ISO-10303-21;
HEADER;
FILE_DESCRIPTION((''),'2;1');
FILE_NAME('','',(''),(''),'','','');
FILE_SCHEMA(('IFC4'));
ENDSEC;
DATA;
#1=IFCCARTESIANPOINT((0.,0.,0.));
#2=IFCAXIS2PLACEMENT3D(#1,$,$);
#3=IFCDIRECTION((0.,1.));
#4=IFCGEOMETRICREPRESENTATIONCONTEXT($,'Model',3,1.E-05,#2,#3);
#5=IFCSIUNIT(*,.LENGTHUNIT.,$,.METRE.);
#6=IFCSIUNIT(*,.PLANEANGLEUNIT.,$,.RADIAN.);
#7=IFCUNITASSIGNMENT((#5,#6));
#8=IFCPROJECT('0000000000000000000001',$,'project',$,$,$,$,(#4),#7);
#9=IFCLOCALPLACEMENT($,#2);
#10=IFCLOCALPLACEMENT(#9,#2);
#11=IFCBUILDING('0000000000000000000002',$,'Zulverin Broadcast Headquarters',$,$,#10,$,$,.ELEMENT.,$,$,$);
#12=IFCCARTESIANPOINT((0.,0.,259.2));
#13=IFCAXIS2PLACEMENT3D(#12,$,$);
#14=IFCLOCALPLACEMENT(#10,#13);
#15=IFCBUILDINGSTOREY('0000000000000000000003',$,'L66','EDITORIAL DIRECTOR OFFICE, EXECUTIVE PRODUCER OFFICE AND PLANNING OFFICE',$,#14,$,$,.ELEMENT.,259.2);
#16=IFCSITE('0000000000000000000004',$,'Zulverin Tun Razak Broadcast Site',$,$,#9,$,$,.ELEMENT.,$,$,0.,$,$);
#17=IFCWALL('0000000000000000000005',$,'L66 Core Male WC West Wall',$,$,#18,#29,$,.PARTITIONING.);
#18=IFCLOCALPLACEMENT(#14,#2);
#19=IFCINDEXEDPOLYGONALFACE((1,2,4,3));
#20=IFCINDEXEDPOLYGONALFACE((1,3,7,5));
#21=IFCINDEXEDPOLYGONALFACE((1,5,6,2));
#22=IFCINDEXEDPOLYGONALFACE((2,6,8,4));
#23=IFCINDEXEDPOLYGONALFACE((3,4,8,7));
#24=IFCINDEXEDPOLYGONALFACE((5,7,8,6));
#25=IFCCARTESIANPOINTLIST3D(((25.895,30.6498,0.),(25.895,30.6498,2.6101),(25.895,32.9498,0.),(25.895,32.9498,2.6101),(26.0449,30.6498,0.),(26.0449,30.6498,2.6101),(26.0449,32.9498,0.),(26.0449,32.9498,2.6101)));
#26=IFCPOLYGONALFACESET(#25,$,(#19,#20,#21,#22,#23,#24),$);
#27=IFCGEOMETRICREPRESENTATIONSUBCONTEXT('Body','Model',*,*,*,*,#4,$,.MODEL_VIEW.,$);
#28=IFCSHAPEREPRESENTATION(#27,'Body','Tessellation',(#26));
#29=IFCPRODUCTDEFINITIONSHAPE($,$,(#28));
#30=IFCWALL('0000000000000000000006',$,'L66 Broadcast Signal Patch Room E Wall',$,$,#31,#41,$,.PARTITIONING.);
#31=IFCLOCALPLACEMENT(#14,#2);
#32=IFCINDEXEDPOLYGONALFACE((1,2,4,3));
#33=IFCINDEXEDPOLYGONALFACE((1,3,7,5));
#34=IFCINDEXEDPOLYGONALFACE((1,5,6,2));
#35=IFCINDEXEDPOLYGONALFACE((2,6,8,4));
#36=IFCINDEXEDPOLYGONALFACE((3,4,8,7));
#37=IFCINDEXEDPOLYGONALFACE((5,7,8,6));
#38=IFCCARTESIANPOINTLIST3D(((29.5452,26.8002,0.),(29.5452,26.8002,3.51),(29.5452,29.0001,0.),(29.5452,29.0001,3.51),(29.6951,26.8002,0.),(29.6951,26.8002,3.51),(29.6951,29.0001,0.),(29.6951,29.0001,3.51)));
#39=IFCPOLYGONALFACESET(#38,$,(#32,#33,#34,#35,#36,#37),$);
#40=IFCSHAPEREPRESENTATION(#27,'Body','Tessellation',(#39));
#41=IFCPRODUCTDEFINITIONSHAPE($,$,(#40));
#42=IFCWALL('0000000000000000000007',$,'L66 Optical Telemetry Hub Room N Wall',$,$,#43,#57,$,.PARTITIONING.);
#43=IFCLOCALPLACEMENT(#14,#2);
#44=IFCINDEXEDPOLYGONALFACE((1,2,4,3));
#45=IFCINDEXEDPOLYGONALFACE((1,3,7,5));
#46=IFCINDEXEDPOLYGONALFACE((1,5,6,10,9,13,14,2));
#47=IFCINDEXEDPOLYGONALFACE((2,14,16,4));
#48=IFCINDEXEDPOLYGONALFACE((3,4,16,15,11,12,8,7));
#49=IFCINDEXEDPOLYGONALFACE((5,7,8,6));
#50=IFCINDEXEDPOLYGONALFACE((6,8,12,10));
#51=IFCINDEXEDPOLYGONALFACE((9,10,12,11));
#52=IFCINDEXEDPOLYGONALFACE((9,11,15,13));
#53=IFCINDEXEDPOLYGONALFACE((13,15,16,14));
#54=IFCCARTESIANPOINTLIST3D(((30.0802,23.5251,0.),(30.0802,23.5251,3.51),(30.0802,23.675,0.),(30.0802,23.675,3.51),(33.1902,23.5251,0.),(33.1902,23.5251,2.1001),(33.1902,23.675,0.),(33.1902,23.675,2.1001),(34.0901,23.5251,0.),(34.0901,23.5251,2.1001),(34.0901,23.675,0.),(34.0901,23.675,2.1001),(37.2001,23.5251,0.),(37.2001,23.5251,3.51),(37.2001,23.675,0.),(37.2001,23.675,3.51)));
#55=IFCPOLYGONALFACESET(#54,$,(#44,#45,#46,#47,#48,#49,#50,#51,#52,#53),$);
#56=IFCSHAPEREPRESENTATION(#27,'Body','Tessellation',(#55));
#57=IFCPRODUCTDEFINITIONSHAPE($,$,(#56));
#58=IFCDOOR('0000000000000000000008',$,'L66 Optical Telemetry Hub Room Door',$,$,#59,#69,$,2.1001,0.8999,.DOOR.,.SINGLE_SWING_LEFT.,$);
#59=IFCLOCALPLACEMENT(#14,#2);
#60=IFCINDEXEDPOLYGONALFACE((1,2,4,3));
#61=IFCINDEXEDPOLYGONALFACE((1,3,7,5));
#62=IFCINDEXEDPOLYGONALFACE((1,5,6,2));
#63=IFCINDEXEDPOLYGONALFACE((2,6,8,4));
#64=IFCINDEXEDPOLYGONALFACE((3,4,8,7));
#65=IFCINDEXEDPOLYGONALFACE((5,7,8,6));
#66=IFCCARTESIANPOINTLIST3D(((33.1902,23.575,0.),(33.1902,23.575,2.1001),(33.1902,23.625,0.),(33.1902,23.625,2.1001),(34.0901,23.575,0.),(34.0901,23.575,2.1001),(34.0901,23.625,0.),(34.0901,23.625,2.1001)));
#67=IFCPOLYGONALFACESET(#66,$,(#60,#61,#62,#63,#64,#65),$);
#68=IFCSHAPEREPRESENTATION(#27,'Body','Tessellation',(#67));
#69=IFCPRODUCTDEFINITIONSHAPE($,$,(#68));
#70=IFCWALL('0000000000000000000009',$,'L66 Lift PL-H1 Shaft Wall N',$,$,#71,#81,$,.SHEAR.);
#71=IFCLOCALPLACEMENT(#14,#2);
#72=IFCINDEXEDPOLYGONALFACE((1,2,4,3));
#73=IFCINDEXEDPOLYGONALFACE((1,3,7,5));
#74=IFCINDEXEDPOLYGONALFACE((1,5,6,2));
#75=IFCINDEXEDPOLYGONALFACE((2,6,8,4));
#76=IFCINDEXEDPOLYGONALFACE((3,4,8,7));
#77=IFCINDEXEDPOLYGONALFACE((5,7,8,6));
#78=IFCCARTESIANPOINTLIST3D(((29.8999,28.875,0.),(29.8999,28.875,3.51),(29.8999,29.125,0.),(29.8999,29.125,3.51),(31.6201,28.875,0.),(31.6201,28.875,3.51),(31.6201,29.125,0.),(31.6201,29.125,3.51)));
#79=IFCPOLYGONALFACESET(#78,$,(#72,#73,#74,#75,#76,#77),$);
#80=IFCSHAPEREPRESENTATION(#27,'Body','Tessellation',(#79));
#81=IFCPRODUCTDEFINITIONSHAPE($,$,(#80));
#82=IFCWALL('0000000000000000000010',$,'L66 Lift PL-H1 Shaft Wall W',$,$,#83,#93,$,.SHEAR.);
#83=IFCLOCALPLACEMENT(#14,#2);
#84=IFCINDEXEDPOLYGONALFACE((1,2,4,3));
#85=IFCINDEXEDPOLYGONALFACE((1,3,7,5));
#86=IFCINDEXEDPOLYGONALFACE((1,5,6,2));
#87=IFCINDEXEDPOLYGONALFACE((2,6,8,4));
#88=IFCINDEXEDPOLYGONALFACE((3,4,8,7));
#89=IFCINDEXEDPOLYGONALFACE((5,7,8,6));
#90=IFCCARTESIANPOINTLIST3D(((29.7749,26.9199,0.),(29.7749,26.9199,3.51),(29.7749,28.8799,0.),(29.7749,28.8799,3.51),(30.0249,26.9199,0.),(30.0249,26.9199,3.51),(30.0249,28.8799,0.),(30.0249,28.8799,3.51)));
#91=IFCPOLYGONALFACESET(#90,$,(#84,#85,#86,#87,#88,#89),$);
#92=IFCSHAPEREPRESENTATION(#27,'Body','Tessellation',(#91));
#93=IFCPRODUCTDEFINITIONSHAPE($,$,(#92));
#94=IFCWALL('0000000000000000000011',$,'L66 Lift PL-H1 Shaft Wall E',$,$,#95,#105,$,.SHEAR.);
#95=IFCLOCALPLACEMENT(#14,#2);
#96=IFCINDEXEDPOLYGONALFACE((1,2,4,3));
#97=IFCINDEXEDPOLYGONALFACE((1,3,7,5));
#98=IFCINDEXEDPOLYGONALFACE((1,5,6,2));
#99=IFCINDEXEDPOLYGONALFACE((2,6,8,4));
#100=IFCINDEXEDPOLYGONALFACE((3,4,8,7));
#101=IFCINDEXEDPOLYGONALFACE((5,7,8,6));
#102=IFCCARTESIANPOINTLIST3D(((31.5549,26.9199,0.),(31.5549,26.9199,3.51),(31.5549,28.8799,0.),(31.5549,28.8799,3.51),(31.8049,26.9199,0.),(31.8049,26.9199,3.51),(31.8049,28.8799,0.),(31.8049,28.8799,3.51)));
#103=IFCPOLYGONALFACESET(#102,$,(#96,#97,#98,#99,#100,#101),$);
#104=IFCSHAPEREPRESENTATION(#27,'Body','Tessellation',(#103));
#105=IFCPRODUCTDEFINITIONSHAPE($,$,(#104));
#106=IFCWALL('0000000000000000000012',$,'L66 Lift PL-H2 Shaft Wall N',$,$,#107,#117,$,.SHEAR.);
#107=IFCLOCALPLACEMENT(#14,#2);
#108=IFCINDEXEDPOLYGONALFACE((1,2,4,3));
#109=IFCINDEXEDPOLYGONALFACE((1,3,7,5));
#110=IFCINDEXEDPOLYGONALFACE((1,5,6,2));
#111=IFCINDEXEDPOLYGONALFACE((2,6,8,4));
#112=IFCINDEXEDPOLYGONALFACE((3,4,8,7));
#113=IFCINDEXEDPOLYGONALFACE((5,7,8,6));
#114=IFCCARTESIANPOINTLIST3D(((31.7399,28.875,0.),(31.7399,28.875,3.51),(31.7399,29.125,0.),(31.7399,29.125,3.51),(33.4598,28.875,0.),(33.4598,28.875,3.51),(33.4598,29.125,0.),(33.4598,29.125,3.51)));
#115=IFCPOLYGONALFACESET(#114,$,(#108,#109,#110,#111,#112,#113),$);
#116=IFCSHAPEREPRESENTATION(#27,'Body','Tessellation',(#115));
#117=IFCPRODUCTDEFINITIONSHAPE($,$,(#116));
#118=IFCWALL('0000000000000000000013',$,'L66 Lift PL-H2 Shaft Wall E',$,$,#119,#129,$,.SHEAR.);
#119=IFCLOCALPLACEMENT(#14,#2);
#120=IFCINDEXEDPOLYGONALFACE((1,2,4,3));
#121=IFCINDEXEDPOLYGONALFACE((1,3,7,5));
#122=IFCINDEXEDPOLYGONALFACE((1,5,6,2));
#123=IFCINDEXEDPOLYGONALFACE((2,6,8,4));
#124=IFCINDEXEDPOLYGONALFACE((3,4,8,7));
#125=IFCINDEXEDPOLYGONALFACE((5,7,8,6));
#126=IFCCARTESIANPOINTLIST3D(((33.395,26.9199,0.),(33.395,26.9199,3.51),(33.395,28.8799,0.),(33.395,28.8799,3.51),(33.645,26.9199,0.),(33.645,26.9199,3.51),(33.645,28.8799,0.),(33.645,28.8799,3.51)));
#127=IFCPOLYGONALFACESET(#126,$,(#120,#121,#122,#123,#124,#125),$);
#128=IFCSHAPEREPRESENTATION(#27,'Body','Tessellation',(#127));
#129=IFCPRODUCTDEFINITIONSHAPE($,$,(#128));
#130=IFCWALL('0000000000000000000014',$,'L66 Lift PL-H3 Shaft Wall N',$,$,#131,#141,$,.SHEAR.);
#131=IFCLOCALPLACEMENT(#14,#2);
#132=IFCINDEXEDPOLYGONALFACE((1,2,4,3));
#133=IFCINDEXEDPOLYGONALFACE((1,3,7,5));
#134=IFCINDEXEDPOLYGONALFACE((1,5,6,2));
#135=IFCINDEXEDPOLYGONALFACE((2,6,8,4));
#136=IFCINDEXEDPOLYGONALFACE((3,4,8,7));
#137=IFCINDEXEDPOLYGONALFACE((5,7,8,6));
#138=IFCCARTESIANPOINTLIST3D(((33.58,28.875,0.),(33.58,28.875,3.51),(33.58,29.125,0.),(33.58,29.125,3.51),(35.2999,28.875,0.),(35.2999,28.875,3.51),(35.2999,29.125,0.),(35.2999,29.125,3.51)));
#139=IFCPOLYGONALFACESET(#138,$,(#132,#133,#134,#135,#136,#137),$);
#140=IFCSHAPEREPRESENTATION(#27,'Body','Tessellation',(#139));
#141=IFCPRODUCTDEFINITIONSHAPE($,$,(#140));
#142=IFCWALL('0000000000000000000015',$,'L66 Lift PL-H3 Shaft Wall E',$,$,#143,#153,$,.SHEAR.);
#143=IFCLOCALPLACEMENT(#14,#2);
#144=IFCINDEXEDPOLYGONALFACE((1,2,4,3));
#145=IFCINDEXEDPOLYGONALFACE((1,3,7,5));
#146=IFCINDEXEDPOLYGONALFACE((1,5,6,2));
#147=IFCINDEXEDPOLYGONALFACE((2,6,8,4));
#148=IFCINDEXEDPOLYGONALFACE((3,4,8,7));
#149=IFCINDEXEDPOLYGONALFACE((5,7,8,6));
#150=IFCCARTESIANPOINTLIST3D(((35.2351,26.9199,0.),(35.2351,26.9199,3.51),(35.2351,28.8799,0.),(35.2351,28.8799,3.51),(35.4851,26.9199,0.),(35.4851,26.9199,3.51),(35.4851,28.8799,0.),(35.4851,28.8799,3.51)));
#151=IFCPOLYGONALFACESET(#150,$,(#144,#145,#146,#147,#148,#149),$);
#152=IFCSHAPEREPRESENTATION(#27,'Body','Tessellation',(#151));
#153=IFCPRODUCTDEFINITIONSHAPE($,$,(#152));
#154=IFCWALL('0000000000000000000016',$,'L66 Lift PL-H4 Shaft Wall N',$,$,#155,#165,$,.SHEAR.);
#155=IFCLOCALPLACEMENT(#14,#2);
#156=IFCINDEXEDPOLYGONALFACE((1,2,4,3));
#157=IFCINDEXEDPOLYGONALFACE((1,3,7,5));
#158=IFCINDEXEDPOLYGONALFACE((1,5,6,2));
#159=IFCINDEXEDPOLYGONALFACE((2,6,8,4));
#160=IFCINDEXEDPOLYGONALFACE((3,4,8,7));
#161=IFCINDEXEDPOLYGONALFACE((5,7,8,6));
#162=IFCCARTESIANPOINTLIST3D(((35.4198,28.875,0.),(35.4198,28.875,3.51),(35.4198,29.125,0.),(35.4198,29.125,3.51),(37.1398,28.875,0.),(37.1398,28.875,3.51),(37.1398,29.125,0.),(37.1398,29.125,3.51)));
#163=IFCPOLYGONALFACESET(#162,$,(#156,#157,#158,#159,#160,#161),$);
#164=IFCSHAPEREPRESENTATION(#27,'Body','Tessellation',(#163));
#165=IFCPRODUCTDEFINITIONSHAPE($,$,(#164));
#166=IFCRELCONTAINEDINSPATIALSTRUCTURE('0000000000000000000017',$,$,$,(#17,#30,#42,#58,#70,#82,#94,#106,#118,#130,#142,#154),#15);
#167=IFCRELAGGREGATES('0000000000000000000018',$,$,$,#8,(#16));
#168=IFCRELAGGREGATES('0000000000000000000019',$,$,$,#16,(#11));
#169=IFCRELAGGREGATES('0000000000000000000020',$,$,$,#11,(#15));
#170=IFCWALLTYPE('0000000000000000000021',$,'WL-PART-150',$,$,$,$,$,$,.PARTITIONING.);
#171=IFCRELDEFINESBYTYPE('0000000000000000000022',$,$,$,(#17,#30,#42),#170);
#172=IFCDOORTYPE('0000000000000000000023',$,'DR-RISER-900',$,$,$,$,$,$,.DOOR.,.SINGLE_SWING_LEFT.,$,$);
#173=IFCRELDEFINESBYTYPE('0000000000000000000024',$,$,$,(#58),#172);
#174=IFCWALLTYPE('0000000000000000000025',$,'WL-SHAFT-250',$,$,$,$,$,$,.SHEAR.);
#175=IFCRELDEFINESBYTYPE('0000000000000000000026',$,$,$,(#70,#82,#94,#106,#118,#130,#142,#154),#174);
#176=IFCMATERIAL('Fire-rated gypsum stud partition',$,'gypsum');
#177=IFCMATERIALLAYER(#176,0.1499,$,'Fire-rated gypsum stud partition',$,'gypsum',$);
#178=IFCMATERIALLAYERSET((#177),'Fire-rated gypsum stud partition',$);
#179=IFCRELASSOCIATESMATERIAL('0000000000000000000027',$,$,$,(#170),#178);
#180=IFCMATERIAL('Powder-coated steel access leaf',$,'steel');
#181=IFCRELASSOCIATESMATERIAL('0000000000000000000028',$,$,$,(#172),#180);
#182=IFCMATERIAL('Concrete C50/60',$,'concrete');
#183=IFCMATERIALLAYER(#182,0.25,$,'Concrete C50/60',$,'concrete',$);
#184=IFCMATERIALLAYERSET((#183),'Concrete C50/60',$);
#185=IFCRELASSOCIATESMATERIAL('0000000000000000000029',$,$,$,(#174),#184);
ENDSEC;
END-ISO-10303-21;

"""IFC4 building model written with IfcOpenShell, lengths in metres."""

from ifc_helpers import new_model, si_unit, direction, frame, frame_2d, origin, place, context, subcontext, project, spatial, rectangle, extrude, material, layer, layer_set, type_object, element, fill, save


model = new_model("IFC4")

# Units and contexts
model_context = context("Model", 3, precision=1e-05, world=origin(), true_north=direction((0.0, 1.0)))
body_context = subcontext(model_context, "Body", "Model", "MODEL_VIEW")
ifc_project = project(units=[si_unit("LENGTHUNIT", "METRE"), si_unit("PLANEANGLEUNIT", "RADIAN")], contexts=[model_context])

# Site, building, storey
site_placement = place(None, origin())
site = spatial("IfcSite", under=ifc_project, at=site_placement, Name="Zulverin Tun Razak Broadcast Site", CompositionType="ELEMENT", RefElevation=0.0)
building_placement = place(site_placement, origin())
building = spatial("IfcBuilding", under=site, at=building_placement, Name="Zulverin Broadcast Headquarters", CompositionType="ELEMENT")
storey_placement = place(building_placement, frame((0.0, 0.0, 259.2)))
storey = spatial("IfcBuildingStorey", under=building, at=storey_placement, Name="L66", Description="EDITORIAL DIRECTOR OFFICE, EXECUTIVE PRODUCER OFFICE AND PLANNING OFFICE", CompositionType="ELEMENT", Elevation=259.2)

# Walls
ifc_material_1 = material(Name="Fire-rated gypsum stud partition", Category="gypsum")
ifc_layer_1 = layer(ifc_material_1, 0.1499, Name="Fire-rated gypsum stud partition", Category="gypsum")
ifc_layer_set_1 = layer_set([ifc_layer_1], Name="Fire-rated gypsum stud partition")
wall_type_1 = type_object("IfcWallType", Name="WL-PART-150", PredefinedType="PARTITIONING", material=ifc_layer_set_1)
wall_1_placement = place(storey_placement, frame((25.97, 30.6499, 0.0), z_axis=(0.0, 0.0, 1.0), x_axis=(0.0, 1.0, 0.0)))
element("IfcWall", 1, at=wall_1_placement, inside=storey, type_object=wall_type_1, Name="L66 Core Male WC West Wall", PredefinedType="PARTITIONING", context=body_context, shape_type="SweptSolid", body=[
    extrude(rectangle(XDim=2.3, YDim=0.1499, at=frame_2d((1.1499, 0.0))), origin(), (0.0, 0.0, 1.0), 2.6101),
])
wall_2_placement = place(storey_placement, frame((29.6201, 26.8, 0.0), z_axis=(0.0, 0.0, 1.0), x_axis=(0.0, 1.0, 0.0)))
element("IfcWall", 2, at=wall_2_placement, inside=storey, type_object=wall_type_1, Name="L66 Broadcast Signal Patch Room E Wall", PredefinedType="PARTITIONING", context=body_context, shape_type="SweptSolid", body=[
    extrude(rectangle(XDim=2.2, YDim=0.1499, at=frame_2d((1.1001, 0.0))), origin(), (0.0, 0.0, 1.0), 3.51),
])

# Wall, opening, door
wall_3_placement = place(storey_placement, frame((30.0801, 23.6001, 0.0), z_axis=(0.0, 0.0, 1.0), x_axis=(1.0, 0.0, 0.0)))
wall_3 = element("IfcWall", 3, at=wall_3_placement, inside=storey, type_object=wall_type_1, Name="L66 Optical Telemetry Hub Room N Wall", PredefinedType="PARTITIONING", context=body_context, shape_type="SweptSolid", body=[
    extrude(rectangle(XDim=7.1199, YDim=0.1499, at=frame_2d((3.5601, 0.0))), origin(), (0.0, 0.0, 1.0), 3.51),
])
opening_1_placement = place(wall_3_placement, frame((3.1101, 0.0, 0.0)))
opening_1 = element("IfcOpeningElement", 4, at=opening_1_placement, cuts=wall_3, PredefinedType="OPENING", context=body_context, shape_type="SweptSolid", body=[
    extrude(rectangle(XDim=0.8999, YDim=2.1001, at=frame_2d((0.45, 1.05))), frame((0.0, 0.085, 0.0), z_axis=(0.0, -1.0, 0.0), x_axis=(1.0, 0.0, 0.0)), (0.0, 0.0, 1.0), 0.1699),
])
ifc_material_2 = material(Name="Powder-coated steel access leaf", Category="steel")
door_type_1 = type_object("IfcDoorType", Name="DR-RISER-900", OperationType="SINGLE_SWING_LEFT", PredefinedType="DOOR", material=ifc_material_2)
door_1_placement = place(opening_1_placement, origin())
door_1 = element("IfcDoor", 5, at=door_1_placement, inside=storey, type_object=door_type_1, Name="L66 Optical Telemetry Hub Room Door", OperationType="SINGLE_SWING_LEFT", OverallHeight=2.1001, OverallWidth=0.8999, PredefinedType="DOOR", context=body_context, shape_type="SweptSolid", body=[
    extrude(rectangle(XDim=0.8999, YDim=2.1001, at=frame_2d((0.45, 1.05))), frame((0.0, 0.0249, 0.0), z_axis=(0.0, -1.0, 0.0), x_axis=(1.0, 0.0, 0.0)), (0.0, 0.0, 1.0), 0.05),
])
fill(opening_1, door_1)
ifc_material_3 = material(Name="Concrete C50/60", Category="concrete")
ifc_layer_2 = layer(ifc_material_3, 0.25, Name="Concrete C50/60", Category="concrete")
ifc_layer_set_2 = layer_set([ifc_layer_2], Name="Concrete C50/60")
wall_type_2 = type_object("IfcWallType", Name="WL-SHAFT-250", PredefinedType="SHEAR", material=ifc_layer_set_2)

# Walls
wall_4_placement = place(storey_placement, frame((29.8999, 29.0, 0.0), z_axis=(0.0, 0.0, 1.0), x_axis=(1.0, 0.0, 0.0)))
element("IfcWall", 6, at=wall_4_placement, inside=storey, type_object=wall_type_2, Name="L66 Lift PL-H1 Shaft Wall N", PredefinedType="SHEAR", context=body_context, shape_type="SweptSolid", body=[
    extrude(rectangle(XDim=1.7202, YDim=0.25, at=frame_2d((0.8601, 0.0))), origin(), (0.0, 0.0, 1.0), 3.51),
])
for number, where, z_axis, x_axis, name in (
    (7, (29.8999, 26.9199, 0.0), (0.0, 0.0, 1.0), (0.0, 1.0, 0.0), "L66 Lift PL-H1 Shaft Wall W"),
    (8, (31.6799, 26.9199, 0.0), (0.0, 0.0, 1.0), (0.0, 1.0, 0.0), "L66 Lift PL-H1 Shaft Wall E"),
):
    element("IfcWall", number, at=place(storey_placement, frame(where, z_axis=z_axis, x_axis=x_axis)), inside=storey, type_object=wall_type_2, Name=name, PredefinedType="SHEAR", context=body_context, shape_type="SweptSolid", body=[
        extrude(rectangle(XDim=1.96, YDim=0.25, at=frame_2d((0.98, 0.0))), origin(), (0.0, 0.0, 1.0), 3.51),
    ])

# Walls
wall_5_placement = place(storey_placement, frame((31.74, 29.0, 0.0), z_axis=(0.0, 0.0, 1.0), x_axis=(1.0, 0.0, 0.0)))
element("IfcWall", 9, at=wall_5_placement, inside=storey, type_object=wall_type_2, Name="L66 Lift PL-H2 Shaft Wall N", PredefinedType="SHEAR", context=body_context, shape_type="SweptSolid", body=[
    extrude(rectangle(XDim=1.72, YDim=0.25, at=frame_2d((0.8599, 0.0))), origin(), (0.0, 0.0, 1.0), 3.51),
])
wall_6_placement = place(storey_placement, frame((33.52, 26.9199, 0.0), z_axis=(0.0, 0.0, 1.0), x_axis=(0.0, 1.0, 0.0)))
element("IfcWall", 10, at=wall_6_placement, inside=storey, type_object=wall_type_2, Name="L66 Lift PL-H2 Shaft Wall E", PredefinedType="SHEAR", context=body_context, shape_type="SweptSolid", body=[
    extrude(rectangle(XDim=1.96, YDim=0.25, at=frame_2d((0.98, 0.0))), origin(), (0.0, 0.0, 1.0), 3.51),
])

# Walls
wall_7_placement = place(storey_placement, frame((33.5801, 29.0, 0.0), z_axis=(0.0, 0.0, 1.0), x_axis=(1.0, 0.0, 0.0)))
element("IfcWall", 11, at=wall_7_placement, inside=storey, type_object=wall_type_2, Name="L66 Lift PL-H3 Shaft Wall N", PredefinedType="SHEAR", context=body_context, shape_type="SweptSolid", body=[
    extrude(rectangle(XDim=1.72, YDim=0.25, at=frame_2d((0.8599, 0.0))), origin(), (0.0, 0.0, 1.0), 3.51),
])
wall_8_placement = place(storey_placement, frame((35.3601, 26.9199, 0.0), z_axis=(0.0, 0.0, 1.0), x_axis=(0.0, 1.0, 0.0)))
element("IfcWall", 12, at=wall_8_placement, inside=storey, type_object=wall_type_2, Name="L66 Lift PL-H3 Shaft Wall E", PredefinedType="SHEAR", context=body_context, shape_type="SweptSolid", body=[
    extrude(rectangle(XDim=1.96, YDim=0.25, at=frame_2d((0.98, 0.0))), origin(), (0.0, 0.0, 1.0), 3.51),
])

# Wall
wall_9_placement = place(storey_placement, frame((35.4199, 29.0, 0.0), z_axis=(0.0, 0.0, 1.0), x_axis=(1.0, 0.0, 0.0)))
element("IfcWall", 13, at=wall_9_placement, inside=storey, type_object=wall_type_2, Name="L66 Lift PL-H4 Shaft Wall N", PredefinedType="SHEAR", context=body_context, shape_type="SweptSolid", body=[
    extrude(rectangle(XDim=1.72, YDim=0.25, at=frame_2d((0.8599, 0.0))), origin(), (0.0, 0.0, 1.0), 3.51),
])

save(model, "model.ifc")
